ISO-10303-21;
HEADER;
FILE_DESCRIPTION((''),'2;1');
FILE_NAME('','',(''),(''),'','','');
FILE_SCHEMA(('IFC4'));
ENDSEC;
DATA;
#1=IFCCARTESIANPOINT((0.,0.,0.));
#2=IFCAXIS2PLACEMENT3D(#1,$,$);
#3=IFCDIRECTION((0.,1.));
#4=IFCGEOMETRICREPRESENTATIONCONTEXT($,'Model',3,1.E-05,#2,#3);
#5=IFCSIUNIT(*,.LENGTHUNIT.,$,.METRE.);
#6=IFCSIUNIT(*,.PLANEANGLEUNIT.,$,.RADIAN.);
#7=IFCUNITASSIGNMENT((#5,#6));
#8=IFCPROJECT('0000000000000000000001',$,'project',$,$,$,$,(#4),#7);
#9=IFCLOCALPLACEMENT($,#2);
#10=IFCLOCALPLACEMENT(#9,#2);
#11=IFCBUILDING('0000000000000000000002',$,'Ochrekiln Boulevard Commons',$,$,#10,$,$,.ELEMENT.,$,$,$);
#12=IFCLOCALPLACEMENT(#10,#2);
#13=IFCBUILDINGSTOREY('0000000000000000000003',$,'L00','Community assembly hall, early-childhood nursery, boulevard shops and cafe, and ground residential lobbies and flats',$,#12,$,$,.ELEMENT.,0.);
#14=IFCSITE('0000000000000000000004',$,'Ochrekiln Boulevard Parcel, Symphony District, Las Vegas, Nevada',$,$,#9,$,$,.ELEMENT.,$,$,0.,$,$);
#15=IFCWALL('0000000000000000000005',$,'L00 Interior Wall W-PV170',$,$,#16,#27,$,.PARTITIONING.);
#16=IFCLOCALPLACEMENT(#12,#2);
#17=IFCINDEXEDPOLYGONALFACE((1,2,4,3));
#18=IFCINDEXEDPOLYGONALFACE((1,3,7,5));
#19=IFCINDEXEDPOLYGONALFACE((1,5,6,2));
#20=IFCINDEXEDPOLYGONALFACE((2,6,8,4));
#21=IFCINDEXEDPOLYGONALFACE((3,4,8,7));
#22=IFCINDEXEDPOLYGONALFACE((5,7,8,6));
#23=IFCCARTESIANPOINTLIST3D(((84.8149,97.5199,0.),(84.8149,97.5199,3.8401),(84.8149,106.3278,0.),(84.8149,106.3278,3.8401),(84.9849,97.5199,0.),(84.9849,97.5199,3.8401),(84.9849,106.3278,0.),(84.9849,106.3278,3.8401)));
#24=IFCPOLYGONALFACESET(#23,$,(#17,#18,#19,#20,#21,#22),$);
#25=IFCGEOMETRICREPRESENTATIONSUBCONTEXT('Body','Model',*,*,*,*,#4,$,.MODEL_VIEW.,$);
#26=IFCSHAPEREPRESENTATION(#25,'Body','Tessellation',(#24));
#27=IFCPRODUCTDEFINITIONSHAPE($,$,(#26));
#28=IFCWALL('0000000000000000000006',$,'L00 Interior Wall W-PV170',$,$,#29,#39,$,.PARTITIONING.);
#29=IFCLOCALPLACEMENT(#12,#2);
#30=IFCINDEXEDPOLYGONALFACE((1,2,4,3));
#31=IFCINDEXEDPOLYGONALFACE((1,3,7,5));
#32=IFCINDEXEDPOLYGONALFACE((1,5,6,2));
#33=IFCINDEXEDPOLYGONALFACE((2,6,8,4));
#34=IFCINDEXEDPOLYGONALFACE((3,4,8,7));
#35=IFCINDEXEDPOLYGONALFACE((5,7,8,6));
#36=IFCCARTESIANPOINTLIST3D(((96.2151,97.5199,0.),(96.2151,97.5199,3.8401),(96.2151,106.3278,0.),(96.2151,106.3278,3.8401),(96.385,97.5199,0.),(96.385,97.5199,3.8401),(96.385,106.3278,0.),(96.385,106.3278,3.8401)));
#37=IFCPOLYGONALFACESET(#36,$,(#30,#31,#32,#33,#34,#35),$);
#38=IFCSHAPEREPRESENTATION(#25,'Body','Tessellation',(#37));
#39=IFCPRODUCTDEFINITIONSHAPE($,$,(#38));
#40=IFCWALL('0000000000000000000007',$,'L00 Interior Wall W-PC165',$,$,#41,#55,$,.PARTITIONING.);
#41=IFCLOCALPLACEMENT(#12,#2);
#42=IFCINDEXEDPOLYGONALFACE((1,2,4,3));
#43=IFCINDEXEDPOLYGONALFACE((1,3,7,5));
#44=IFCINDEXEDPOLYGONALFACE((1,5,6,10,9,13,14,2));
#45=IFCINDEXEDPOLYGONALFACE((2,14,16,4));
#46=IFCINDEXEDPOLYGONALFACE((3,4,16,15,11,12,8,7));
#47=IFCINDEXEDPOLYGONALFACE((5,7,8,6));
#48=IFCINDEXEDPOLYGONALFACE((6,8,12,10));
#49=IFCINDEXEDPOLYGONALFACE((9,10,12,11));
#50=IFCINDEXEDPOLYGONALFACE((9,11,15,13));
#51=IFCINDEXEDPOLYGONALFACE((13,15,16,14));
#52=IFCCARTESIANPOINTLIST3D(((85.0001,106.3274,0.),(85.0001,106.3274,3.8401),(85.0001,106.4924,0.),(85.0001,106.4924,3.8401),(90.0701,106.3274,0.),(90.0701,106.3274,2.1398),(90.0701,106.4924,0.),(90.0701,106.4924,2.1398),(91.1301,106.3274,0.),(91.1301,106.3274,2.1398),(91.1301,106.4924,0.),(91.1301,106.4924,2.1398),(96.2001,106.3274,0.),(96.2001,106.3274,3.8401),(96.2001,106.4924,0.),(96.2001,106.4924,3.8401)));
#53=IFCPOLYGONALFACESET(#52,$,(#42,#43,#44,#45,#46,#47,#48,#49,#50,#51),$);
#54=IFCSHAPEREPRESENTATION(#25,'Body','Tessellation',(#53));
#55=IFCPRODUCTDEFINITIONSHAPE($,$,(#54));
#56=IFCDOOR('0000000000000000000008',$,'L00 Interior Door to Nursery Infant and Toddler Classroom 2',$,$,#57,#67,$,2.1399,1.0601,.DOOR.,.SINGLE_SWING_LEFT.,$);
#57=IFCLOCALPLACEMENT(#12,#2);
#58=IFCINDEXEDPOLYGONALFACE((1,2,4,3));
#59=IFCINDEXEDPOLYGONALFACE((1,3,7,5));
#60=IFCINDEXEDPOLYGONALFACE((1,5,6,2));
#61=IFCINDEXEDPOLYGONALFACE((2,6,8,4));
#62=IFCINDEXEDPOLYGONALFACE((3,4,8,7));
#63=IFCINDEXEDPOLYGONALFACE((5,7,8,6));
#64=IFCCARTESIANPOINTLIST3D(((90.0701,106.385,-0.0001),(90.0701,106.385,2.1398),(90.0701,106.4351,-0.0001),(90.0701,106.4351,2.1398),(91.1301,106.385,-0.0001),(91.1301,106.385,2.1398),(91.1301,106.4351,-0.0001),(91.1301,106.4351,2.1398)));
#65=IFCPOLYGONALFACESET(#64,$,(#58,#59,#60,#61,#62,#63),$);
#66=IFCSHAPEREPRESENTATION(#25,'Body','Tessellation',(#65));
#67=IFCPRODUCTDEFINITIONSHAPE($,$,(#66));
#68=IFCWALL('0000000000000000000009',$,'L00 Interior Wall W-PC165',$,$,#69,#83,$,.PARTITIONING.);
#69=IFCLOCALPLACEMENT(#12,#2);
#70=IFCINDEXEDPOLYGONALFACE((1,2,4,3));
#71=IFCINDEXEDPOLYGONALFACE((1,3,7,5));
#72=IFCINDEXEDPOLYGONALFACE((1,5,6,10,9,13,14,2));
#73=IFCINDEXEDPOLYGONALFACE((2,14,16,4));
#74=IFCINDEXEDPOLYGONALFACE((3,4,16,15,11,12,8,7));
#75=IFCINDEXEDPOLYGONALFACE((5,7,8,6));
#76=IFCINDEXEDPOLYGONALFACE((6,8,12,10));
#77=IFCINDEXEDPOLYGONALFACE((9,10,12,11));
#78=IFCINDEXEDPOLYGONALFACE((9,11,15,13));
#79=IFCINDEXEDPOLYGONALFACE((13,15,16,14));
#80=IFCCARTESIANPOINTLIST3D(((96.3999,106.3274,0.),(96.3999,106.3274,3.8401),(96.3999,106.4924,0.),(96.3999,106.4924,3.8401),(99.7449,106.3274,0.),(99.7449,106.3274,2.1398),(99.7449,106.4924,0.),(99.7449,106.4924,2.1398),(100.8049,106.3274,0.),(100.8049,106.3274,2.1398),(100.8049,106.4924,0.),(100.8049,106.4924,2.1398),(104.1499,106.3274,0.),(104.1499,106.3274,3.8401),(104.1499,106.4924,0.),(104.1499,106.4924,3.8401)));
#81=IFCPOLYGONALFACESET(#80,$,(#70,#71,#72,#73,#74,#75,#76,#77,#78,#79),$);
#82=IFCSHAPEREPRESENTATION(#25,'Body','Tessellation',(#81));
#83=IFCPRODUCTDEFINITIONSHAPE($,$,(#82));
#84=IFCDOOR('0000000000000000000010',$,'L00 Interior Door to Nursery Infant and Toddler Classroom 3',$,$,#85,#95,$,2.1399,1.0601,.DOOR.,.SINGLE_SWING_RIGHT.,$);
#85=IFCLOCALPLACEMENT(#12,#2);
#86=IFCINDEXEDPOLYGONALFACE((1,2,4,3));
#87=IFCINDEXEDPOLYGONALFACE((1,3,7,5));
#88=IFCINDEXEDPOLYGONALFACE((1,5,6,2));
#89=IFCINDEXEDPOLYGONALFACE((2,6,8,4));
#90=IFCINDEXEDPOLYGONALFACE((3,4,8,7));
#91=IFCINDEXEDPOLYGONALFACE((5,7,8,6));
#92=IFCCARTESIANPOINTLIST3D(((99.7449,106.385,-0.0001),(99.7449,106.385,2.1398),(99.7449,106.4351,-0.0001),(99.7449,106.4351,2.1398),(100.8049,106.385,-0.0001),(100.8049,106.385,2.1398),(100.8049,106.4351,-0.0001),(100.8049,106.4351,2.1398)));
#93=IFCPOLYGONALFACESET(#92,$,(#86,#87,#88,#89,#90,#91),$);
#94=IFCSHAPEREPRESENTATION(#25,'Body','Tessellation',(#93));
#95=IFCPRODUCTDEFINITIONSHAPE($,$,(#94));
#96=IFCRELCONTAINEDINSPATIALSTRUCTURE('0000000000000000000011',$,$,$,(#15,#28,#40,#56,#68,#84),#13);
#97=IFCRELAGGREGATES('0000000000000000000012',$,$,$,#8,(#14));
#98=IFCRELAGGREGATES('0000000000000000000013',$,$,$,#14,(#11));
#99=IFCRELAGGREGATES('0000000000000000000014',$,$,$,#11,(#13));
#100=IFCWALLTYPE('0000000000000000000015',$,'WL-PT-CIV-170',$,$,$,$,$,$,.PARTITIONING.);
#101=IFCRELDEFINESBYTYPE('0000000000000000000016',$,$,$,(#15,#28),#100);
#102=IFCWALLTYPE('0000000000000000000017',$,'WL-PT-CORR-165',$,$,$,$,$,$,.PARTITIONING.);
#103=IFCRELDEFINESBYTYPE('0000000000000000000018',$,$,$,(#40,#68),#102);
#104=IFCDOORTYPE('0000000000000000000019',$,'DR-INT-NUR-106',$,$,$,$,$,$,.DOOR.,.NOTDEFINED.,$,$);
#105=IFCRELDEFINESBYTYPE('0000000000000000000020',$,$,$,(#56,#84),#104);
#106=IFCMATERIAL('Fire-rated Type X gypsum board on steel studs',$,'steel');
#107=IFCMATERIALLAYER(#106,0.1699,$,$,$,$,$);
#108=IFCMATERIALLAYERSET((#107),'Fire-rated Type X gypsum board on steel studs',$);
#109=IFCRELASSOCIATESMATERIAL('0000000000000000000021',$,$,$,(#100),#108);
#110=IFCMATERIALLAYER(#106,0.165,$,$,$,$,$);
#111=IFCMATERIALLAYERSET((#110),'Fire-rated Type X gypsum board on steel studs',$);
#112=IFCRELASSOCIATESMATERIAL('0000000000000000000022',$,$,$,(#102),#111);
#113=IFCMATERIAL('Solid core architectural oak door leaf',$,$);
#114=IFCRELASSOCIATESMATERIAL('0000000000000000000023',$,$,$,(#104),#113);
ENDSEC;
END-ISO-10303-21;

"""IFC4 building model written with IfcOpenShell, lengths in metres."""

from ifc_helpers import new_model, si_unit, direction, frame, frame_2d, origin, place, context, subcontext, project, spatial, rectangle, extrude, material, layer, layer_set, type_object, element, fill, save


model = new_model("IFC4")

# Units and contexts
model_context = context("Model", 3, precision=1e-05, world=origin(), true_north=direction((0.0, 1.0)))
body_context = subcontext(model_context, "Body", "Model", "MODEL_VIEW")
ifc_project = project(units=[si_unit("LENGTHUNIT", "METRE"), si_unit("PLANEANGLEUNIT", "RADIAN")], contexts=[model_context])

# Site, building, storey
site_placement = place(None, origin())
site = spatial("IfcSite", under=ifc_project, at=site_placement, Name="Ochrekiln Boulevard Parcel, Symphony District, Las Vegas, Nevada", CompositionType="ELEMENT", RefElevation=0.0)
building_placement = place(site_placement, origin())
building = spatial("IfcBuilding", under=site, at=building_placement, Name="Ochrekiln Boulevard Commons", CompositionType="ELEMENT")
storey_placement = place(building_placement, origin())
storey = spatial("IfcBuildingStorey", under=building, at=storey_placement, Name="L00", Description="Community assembly hall, early-childhood nursery, boulevard shops and cafe, and ground residential lobbies and flats", CompositionType="ELEMENT", Elevation=0.0)

# Walls
ifc_material_1 = material(Name="Fire-rated Type X gypsum board on steel studs", Category="steel")
ifc_layer_1 = layer(ifc_material_1, 0.1699)
ifc_layer_set_1 = layer_set([ifc_layer_1], Name="Fire-rated Type X gypsum board on steel studs")
wall_type_1 = type_object("IfcWallType", Name="WL-PT-CIV-170", PredefinedType="PARTITIONING", material=ifc_layer_set_1)
for number, where, z_axis, x_axis, name in (
    (1, (84.8999, 97.52, 0.0), (0.0, 0.0, 1.0), (0.0, 1.0, 0.0), "L00 Interior Wall W-PV170"),
    (2, (96.3, 97.52, 0.0), (0.0, 0.0, 1.0), (0.0, 1.0, 0.0), "L00 Interior Wall W-PV170"),
):
    element("IfcWall", number, at=place(storey_placement, frame(where, z_axis=z_axis, x_axis=x_axis)), inside=storey, type_object=wall_type_1, Name=name, PredefinedType="PARTITIONING", context=body_context, shape_type="SweptSolid", body=[
        extrude(rectangle(XDim=8.8079, YDim=0.1699, at=frame_2d((4.4038, 0.0))), origin(), (0.0, 0.0, 1.0), 3.8401),
    ])

# Walls, openings, doors
ifc_layer_2 = layer(ifc_material_1, 0.165)
ifc_layer_set_2 = layer_set([ifc_layer_2], Name="Fire-rated Type X gypsum board on steel studs")
wall_type_2 = type_object("IfcWallType", Name="WL-PT-CORR-165", PredefinedType="PARTITIONING", material=ifc_layer_set_2)
wall_1_placement = place(storey_placement, frame((85.0, 106.4099, 0.0), z_axis=(0.0, 0.0, 1.0), x_axis=(1.0, 0.0, 0.0)))
wall_1 = element("IfcWall", 3, at=wall_1_placement, inside=storey, type_object=wall_type_2, Name="L00 Interior Wall W-PC165", PredefinedType="PARTITIONING", context=body_context, shape_type="SweptSolid", body=[
    extrude(rectangle(XDim=11.2, YDim=0.165, at=frame_2d((5.6001, 0.0))), origin(), (0.0, 0.0, 1.0), 3.8401),
])
opening_1_placement = place(wall_1_placement, frame((5.0701, 0.0, 0.0)))
opening_1 = element("IfcOpeningElement", 4, at=opening_1_placement, cuts=wall_1, PredefinedType="OPENING", context=body_context, shape_type="SweptSolid", body=[
    extrude(rectangle(XDim=1.0601, YDim=2.1399, at=frame_2d((0.53, 1.0698))), frame((0.0, 0.0925, 0.0), z_axis=(0.0, -1.0, 0.0), x_axis=(1.0, 0.0, 0.0)), (0.0, 0.0, 1.0), 0.1851),
])
ifc_material_2 = material(Name="Solid core architectural oak door leaf")
door_type = type_object("IfcDoorType", Name="DR-INT-NUR-106", OperationType="NOTDEFINED", PredefinedType="DOOR", material=ifc_material_2)
door_1_placement = place(opening_1_placement, frame((1.0601, 0.0, 0.0), z_axis=(0.0, 0.0, 1.0), x_axis=(-1.0, 0.0, 0.0)))
door_1 = element("IfcDoor", 5, at=door_1_placement, inside=storey, type_object=door_type, Name="L00 Interior Door to Nursery Infant and Toddler Classroom 2", OperationType="SINGLE_SWING_LEFT", OverallHeight=2.1399, OverallWidth=1.0601, PredefinedType="DOOR", context=body_context, shape_type="SweptSolid", body=[
    extrude(rectangle(XDim=1.0601, YDim=2.1399, at=frame_2d((0.53, 1.0698))), frame((0.0, 0.0249, 0.0), z_axis=(0.0, -1.0, 0.0), x_axis=(1.0, 0.0, 0.0)), (0.0, 0.0, 1.0), 0.05),
])
fill(opening_1, door_1)
wall_2_placement = place(storey_placement, frame((96.3999, 106.4099, 0.0), z_axis=(0.0, 0.0, 1.0), x_axis=(1.0, 0.0, 0.0)))
wall_2 = element("IfcWall", 6, at=wall_2_placement, inside=storey, type_object=wall_type_2, Name="L00 Interior Wall W-PC165", PredefinedType="PARTITIONING", context=body_context, shape_type="SweptSolid", body=[
    extrude(rectangle(XDim=7.75, YDim=0.165, at=frame_2d((3.875, 0.0))), origin(), (0.0, 0.0, 1.0), 3.8401),
])
opening_2_placement = place(wall_2_placement, frame((3.345, 0.0, 0.0)))
opening_2 = element("IfcOpeningElement", 7, at=opening_2_placement, cuts=wall_2, PredefinedType="OPENING", context=body_context, shape_type="SweptSolid", body=[
    extrude(rectangle(XDim=1.0601, YDim=2.1399, at=frame_2d((0.53, 1.0698))), frame((0.0, 0.0925, 0.0), z_axis=(0.0, -1.0, 0.0), x_axis=(1.0, 0.0, 0.0)), (0.0, 0.0, 1.0), 0.1851),
])
door_2_placement = place(opening_2_placement, frame((1.0601, 0.0, 0.0), z_axis=(0.0, 0.0, 1.0), x_axis=(-1.0, 0.0, 0.0)))
door_2 = element("IfcDoor", 8, at=door_2_placement, inside=storey, type_object=door_type, Name="L00 Interior Door to Nursery Infant and Toddler Classroom 3", OperationType="SINGLE_SWING_RIGHT", OverallHeight=2.1399, OverallWidth=1.0601, PredefinedType="DOOR", context=body_context, shape_type="SweptSolid", body=[
    extrude(rectangle(XDim=1.0601, YDim=2.1399, at=frame_2d((0.53, 1.0698))), frame((0.0, 0.0249, 0.0), z_axis=(0.0, -1.0, 0.0), x_axis=(1.0, 0.0, 0.0)), (0.0, 0.0, 1.0), 0.05),
])
fill(opening_2, door_2)

save(model, "model.ifc")
